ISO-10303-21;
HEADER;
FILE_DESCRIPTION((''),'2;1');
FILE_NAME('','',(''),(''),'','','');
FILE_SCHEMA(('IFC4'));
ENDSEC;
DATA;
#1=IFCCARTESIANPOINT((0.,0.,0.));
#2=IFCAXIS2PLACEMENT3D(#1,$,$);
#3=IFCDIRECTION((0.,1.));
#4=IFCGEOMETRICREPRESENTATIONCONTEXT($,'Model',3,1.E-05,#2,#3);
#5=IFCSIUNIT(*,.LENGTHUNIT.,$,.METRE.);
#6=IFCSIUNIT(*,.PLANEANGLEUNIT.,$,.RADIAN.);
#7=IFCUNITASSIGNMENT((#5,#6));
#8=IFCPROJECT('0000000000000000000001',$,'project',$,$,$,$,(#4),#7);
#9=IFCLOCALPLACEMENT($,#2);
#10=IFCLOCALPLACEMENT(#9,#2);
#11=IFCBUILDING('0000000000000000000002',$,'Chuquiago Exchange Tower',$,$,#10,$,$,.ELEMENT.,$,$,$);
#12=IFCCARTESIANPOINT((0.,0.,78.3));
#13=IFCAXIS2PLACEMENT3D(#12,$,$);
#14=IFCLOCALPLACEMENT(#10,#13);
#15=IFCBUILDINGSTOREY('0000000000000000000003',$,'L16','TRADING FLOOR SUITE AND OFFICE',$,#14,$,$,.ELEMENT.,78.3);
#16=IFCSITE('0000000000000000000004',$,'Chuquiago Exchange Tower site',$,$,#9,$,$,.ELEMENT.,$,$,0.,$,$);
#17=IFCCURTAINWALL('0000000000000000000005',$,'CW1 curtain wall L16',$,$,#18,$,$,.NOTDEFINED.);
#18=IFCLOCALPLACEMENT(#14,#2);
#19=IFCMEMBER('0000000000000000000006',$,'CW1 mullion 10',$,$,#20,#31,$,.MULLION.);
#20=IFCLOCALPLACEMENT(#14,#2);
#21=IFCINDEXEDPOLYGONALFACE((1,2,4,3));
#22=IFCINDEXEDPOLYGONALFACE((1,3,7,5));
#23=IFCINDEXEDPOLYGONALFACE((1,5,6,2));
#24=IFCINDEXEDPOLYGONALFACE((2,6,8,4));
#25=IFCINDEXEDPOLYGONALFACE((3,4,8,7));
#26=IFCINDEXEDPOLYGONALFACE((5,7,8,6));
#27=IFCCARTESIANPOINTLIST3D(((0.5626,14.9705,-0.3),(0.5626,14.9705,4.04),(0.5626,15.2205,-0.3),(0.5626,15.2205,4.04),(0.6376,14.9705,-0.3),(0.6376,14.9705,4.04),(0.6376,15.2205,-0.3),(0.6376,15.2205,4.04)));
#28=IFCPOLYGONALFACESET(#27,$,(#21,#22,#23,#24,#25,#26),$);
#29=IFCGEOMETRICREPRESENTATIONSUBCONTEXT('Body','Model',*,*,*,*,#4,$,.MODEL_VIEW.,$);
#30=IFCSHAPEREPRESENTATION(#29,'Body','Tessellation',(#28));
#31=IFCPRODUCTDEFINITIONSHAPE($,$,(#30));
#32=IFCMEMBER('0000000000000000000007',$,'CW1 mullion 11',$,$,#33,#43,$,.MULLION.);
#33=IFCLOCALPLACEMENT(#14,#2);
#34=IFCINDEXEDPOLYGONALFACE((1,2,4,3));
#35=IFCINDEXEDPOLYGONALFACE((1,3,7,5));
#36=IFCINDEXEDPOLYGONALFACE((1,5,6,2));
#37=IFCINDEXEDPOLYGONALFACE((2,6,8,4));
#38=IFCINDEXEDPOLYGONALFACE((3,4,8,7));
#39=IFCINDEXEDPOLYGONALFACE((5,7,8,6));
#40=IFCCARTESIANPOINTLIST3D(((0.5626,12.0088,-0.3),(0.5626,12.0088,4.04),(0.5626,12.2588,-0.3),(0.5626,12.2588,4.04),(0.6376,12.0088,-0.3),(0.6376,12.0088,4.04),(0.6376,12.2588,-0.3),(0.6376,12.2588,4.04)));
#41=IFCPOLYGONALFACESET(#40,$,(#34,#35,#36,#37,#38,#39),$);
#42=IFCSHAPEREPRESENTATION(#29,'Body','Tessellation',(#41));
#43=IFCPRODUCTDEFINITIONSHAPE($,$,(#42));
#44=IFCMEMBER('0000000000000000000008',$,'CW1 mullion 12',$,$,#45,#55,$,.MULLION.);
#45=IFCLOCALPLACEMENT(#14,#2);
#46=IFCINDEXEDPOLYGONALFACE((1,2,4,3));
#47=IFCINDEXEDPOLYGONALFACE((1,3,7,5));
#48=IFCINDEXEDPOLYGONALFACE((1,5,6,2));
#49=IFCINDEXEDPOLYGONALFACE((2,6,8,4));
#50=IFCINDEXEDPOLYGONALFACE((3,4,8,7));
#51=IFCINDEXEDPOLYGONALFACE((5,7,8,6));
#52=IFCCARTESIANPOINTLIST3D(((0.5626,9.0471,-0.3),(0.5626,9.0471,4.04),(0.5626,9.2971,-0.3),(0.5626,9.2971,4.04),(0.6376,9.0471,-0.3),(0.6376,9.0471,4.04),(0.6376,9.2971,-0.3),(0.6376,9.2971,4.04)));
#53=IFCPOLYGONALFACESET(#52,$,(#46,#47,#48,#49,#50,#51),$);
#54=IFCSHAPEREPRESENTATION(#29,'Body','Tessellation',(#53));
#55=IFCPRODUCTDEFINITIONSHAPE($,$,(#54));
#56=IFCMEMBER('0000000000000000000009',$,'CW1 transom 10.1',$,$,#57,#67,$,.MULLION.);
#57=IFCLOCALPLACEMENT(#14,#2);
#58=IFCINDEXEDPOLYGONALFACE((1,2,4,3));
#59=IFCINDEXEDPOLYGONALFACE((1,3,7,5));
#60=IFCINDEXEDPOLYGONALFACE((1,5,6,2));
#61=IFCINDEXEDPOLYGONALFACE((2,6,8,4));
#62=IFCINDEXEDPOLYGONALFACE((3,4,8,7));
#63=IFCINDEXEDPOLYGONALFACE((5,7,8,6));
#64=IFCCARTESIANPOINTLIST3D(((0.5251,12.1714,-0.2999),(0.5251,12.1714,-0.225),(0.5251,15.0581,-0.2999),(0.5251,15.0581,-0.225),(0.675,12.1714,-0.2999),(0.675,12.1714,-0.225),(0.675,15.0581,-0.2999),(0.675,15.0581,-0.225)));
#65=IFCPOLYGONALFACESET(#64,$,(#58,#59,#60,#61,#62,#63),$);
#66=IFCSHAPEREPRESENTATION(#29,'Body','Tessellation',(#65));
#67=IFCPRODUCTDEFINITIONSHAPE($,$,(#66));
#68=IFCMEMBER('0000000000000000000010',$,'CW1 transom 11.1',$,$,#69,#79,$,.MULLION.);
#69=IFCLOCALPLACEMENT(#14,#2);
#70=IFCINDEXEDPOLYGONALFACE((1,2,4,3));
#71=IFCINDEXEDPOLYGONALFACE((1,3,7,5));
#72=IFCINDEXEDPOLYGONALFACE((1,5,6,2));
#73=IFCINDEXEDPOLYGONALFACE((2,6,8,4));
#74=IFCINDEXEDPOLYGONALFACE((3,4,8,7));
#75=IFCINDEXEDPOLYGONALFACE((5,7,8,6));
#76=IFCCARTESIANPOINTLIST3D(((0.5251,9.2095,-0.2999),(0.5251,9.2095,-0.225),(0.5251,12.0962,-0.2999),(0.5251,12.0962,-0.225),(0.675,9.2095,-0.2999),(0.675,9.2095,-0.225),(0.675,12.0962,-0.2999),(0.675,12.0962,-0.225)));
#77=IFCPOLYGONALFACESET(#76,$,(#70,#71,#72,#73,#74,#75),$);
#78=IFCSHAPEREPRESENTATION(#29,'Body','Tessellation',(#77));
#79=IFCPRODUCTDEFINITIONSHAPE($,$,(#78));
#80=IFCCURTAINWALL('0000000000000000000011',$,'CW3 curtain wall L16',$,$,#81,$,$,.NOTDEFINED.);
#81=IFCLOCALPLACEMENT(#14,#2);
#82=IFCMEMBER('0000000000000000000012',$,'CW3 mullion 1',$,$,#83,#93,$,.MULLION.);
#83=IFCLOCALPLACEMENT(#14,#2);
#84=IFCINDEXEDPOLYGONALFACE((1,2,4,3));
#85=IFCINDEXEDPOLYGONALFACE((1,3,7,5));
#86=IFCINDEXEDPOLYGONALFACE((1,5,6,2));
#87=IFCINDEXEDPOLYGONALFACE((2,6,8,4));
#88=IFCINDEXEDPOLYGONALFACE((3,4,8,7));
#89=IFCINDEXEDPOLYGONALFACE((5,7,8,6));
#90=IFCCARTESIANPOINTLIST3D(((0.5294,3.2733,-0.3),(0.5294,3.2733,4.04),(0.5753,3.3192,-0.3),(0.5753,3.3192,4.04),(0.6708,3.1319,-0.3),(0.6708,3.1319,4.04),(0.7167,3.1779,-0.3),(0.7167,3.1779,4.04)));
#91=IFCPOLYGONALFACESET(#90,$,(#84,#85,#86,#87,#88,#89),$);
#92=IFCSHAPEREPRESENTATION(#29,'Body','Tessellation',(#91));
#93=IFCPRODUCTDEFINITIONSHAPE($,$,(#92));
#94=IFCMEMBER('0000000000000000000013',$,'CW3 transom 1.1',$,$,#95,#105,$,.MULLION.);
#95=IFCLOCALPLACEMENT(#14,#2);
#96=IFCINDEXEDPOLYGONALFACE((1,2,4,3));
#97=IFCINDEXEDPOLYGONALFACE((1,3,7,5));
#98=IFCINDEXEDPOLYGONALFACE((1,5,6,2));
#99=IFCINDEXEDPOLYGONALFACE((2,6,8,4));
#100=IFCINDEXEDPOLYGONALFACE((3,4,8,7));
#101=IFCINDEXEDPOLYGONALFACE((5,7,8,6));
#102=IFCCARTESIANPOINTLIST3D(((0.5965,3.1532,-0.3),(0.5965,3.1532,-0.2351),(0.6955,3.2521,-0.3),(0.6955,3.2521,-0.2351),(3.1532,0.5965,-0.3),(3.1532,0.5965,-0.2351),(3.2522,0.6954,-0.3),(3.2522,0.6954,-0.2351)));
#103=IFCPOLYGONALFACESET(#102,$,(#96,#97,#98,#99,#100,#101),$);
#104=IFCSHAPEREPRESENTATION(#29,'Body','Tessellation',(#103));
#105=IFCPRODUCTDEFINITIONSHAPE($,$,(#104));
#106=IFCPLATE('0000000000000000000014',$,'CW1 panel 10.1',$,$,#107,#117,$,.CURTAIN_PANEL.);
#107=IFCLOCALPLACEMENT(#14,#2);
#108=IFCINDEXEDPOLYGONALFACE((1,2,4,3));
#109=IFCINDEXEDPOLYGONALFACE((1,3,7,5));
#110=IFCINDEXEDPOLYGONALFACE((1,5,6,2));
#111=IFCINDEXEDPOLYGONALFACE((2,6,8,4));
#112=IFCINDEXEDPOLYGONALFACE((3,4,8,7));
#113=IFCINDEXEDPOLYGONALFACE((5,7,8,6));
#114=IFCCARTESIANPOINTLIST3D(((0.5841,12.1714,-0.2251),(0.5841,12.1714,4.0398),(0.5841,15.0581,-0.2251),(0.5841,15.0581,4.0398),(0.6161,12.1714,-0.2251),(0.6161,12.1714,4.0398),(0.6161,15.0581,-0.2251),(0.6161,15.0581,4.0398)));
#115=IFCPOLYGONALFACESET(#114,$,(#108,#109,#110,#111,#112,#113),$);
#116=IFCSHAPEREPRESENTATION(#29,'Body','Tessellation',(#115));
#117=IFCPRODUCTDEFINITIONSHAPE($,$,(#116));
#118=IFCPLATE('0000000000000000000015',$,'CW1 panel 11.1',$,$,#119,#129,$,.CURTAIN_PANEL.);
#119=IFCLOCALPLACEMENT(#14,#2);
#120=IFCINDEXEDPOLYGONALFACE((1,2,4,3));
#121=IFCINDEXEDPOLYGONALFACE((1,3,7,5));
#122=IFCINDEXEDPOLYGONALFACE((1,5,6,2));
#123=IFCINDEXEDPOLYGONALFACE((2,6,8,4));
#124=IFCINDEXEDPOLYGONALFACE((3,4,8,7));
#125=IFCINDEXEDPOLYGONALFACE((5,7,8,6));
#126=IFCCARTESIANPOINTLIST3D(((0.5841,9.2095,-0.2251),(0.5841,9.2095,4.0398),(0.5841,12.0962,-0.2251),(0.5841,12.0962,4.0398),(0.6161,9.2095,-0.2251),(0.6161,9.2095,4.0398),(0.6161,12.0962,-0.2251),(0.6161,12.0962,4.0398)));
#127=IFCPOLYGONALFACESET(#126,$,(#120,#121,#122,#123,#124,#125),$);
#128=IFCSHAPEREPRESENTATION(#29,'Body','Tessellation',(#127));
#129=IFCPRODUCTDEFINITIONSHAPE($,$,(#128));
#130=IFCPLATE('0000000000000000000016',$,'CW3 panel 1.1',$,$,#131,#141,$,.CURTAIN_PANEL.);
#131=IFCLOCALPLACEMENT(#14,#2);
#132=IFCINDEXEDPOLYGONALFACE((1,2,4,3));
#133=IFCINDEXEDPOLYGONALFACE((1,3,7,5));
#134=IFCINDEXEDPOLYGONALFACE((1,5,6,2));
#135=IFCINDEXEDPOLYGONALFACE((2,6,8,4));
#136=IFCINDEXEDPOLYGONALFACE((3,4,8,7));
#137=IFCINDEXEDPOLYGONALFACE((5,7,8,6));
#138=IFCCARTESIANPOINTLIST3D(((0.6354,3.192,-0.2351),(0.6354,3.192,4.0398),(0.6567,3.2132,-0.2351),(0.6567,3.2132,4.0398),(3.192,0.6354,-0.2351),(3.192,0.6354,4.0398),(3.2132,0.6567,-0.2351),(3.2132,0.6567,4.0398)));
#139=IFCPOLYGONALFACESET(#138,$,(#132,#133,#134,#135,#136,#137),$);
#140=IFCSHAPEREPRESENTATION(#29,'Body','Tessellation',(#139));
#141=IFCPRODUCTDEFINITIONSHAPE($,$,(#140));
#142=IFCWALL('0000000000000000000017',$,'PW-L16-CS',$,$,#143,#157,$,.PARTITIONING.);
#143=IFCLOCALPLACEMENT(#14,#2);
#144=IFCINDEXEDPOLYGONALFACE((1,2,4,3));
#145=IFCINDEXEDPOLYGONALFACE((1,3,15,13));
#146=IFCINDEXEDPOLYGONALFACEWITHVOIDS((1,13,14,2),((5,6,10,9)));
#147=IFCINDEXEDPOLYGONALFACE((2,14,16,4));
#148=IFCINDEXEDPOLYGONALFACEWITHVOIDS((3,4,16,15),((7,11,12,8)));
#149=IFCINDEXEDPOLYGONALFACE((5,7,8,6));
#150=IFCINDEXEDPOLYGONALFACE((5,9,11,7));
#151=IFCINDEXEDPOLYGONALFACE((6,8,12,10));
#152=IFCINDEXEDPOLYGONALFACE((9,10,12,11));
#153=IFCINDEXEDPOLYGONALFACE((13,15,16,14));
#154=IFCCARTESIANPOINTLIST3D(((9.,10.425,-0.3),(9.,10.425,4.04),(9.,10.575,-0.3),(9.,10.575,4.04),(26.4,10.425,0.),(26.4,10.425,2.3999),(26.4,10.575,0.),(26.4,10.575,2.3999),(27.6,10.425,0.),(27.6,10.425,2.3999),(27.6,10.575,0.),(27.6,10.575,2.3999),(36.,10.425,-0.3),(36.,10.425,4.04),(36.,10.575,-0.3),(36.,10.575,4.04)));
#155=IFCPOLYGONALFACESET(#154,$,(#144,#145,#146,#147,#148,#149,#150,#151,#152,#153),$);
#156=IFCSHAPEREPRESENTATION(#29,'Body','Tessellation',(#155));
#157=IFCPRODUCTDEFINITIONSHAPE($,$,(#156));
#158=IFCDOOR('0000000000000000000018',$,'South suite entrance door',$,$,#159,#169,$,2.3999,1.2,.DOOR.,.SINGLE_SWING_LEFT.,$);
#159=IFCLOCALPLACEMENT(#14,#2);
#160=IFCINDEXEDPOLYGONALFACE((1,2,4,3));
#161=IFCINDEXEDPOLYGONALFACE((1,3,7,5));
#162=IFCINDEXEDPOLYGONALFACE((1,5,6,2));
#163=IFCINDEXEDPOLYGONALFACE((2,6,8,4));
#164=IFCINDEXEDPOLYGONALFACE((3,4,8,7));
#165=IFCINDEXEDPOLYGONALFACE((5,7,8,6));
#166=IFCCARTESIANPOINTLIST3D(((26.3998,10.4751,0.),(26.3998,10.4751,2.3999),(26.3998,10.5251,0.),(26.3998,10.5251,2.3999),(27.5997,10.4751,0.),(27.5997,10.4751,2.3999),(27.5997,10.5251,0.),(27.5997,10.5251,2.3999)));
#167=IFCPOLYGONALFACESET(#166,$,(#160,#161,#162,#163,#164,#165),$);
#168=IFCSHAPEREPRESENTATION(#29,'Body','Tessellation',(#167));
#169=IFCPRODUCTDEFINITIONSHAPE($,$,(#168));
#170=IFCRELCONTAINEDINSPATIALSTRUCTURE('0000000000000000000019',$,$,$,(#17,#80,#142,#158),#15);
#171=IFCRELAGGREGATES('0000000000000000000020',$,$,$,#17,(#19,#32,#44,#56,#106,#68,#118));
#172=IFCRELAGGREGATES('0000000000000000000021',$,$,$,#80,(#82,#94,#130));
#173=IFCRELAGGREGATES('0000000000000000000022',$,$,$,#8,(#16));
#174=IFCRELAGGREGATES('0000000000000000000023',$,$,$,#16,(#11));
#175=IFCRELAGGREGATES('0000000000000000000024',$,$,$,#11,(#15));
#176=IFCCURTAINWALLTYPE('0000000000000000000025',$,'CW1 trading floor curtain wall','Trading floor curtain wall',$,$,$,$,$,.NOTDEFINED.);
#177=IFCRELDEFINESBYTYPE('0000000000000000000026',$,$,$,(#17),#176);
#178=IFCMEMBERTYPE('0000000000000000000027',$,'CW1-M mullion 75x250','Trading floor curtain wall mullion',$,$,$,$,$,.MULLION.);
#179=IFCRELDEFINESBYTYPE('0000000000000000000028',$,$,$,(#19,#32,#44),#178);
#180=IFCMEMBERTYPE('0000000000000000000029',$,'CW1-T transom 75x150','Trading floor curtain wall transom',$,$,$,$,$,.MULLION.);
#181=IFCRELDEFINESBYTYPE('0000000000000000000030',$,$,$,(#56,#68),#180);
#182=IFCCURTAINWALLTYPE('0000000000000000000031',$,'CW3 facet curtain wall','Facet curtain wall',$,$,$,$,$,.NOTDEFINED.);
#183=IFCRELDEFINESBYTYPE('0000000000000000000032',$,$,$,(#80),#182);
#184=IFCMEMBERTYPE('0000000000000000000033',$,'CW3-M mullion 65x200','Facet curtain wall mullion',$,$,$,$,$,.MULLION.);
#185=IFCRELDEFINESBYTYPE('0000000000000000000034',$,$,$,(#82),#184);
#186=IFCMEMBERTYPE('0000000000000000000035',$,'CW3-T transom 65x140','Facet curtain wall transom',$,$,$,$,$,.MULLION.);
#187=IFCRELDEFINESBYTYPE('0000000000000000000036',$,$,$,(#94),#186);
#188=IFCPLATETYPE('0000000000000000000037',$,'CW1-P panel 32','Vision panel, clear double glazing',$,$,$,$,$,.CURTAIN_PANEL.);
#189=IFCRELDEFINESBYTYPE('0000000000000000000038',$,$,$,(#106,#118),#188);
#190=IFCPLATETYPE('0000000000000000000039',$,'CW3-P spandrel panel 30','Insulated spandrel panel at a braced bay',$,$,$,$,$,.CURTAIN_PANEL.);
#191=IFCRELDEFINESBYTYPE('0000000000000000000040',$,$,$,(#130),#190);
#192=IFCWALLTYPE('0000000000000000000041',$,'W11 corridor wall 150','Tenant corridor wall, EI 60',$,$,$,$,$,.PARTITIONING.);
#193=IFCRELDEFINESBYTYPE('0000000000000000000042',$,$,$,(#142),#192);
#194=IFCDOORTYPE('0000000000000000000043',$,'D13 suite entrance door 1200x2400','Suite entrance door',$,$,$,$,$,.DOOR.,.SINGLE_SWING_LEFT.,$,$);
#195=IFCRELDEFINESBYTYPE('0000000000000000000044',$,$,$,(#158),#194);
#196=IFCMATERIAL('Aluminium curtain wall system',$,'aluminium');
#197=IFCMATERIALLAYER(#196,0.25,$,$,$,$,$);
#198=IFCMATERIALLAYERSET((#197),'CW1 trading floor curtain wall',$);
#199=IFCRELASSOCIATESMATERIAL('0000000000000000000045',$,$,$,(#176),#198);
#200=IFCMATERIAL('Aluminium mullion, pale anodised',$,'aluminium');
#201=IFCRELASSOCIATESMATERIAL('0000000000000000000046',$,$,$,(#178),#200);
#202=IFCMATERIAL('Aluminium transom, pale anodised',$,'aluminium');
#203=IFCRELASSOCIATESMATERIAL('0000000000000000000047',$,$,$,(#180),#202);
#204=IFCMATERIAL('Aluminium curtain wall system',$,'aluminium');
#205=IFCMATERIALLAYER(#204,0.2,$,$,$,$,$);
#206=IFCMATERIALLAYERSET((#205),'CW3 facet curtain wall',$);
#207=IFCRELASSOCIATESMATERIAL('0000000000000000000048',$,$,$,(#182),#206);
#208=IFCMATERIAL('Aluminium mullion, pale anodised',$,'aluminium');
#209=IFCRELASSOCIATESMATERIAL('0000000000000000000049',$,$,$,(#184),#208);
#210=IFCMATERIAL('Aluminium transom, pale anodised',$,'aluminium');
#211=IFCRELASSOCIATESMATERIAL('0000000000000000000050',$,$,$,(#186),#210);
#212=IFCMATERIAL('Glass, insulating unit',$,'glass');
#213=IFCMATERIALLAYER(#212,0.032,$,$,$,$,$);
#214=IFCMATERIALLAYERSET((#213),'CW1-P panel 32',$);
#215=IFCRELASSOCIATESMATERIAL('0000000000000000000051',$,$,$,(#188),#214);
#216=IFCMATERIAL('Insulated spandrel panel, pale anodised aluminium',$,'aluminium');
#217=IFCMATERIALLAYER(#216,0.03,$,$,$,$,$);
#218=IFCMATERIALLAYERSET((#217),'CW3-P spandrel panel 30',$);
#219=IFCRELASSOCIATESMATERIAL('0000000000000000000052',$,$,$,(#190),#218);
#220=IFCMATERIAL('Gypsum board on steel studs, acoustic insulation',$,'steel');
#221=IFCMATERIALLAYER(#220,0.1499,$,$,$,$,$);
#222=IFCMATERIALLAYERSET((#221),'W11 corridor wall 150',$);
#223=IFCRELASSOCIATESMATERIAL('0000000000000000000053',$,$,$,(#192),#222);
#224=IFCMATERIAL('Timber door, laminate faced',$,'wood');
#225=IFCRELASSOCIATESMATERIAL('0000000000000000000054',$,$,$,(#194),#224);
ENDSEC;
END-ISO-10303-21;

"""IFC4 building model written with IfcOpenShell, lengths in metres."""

from ifc_helpers import new_model, si_unit, direction, frame, frame_2d, origin, origin_2d, place, context, subcontext, project, spatial, rectangle, extrude, material, layer, layer_set, material_profile, profile_set, type_object, element, fill, aggregate, save


model = new_model("IFC4")

# Units and contexts
model_context = context("Model", 3, precision=1e-05, world=origin(), true_north=direction((0.0, 1.0)))
body_context = subcontext(model_context, "Body", "Model", "MODEL_VIEW")
ifc_project = project(units=[si_unit("LENGTHUNIT", "METRE"), si_unit("PLANEANGLEUNIT", "RADIAN")], contexts=[model_context])

# Site, building, storey
site_placement = place(None, origin())
site = spatial("IfcSite", under=ifc_project, at=site_placement, Name="Chuquiago Exchange Tower site", CompositionType="ELEMENT", RefElevation=0.0)
building_placement = place(site_placement, origin())
building = spatial("IfcBuilding", under=site, at=building_placement, Name="Chuquiago Exchange Tower", CompositionType="ELEMENT")
storey_placement = place(building_placement, frame((0.0, 0.0, 78.3)))
storey = spatial("IfcBuildingStorey", under=building, at=storey_placement, Name="L16", Description="TRADING FLOOR SUITE AND OFFICE", CompositionType="ELEMENT", Elevation=78.3)

# Curtain walls, members
ifc_material_1 = material(Name="Aluminium curtain wall system", Category="aluminium")
ifc_layer_1 = layer(ifc_material_1, 0.25)
ifc_layer_set_1 = layer_set([ifc_layer_1], Name="CW1 trading floor curtain wall")
curtain_wall_type_1 = type_object("IfcCurtainWallType", Name="CW1 trading floor curtain wall", Description="Trading floor curtain wall", PredefinedType="NOTDEFINED", material=ifc_layer_set_1)
curtain_wall_1_placement = place(storey_placement, origin())
curtain_wall_1 = element("IfcCurtainWall", 1, at=curtain_wall_1_placement, inside=storey, type_object=curtain_wall_type_1, Name="CW1 curtain wall L16", PredefinedType="NOTDEFINED")
ifc_material_2 = material(Name="Aluminium mullion, pale anodised", Category="aluminium")
ifc_material_profile_1 = material_profile(ifc_material_2, rectangle(XDim=0.075, YDim=0.25, at=origin_2d()), Name="AL 75x250")
ifc_profile_set_1 = profile_set([ifc_material_profile_1], Name="Aluminium mullion, pale anodised")
member_type_1 = type_object("IfcMemberType", Name="CW1-M mullion 75x250", Description="Trading floor curtain wall mullion", PredefinedType="MULLION", material=ifc_profile_set_1)
member_1_placement = place(storey_placement, frame((0.6001, 15.0955, -0.3), z_axis=(0.0, 0.0, 1.0), x_axis=(1.0, 0.0, 0.0)))
member_1 = element("IfcMember", 2, at=member_1_placement, type_object=member_type_1, Name="CW1 mullion 10", PredefinedType="MULLION", context=body_context, shape_type="SweptSolid", body=[
    extrude(rectangle(XDim=0.075, YDim=0.25, at=origin_2d()), origin(), (0.0, 0.0, 1.0), 4.3401),
])
member_2_placement = place(storey_placement, frame((0.6001, 12.1338, -0.3), z_axis=(0.0, 0.0, 1.0), x_axis=(1.0, 0.0, 0.0)))
member_2 = element("IfcMember", 3, at=member_2_placement, type_object=member_type_1, Name="CW1 mullion 11", PredefinedType="MULLION", context=body_context, shape_type="SweptSolid", body=[
    extrude(rectangle(XDim=0.075, YDim=0.25, at=origin_2d()), origin(), (0.0, 0.0, 1.0), 4.3401),
])
member_3_placement = place(storey_placement, frame((0.6001, 9.1721, -0.3), z_axis=(0.0, 0.0, 1.0), x_axis=(1.0, 0.0, 0.0)))
member_3 = element("IfcMember", 4, at=member_3_placement, type_object=member_type_1, Name="CW1 mullion 12", PredefinedType="MULLION", context=body_context, shape_type="SweptSolid", body=[
    extrude(rectangle(XDim=0.075, YDim=0.25, at=origin_2d()), origin(), (0.0, 0.0, 1.0), 4.3401),
])
ifc_material_3 = material(Name="Aluminium transom, pale anodised", Category="aluminium")
ifc_material_profile_2 = material_profile(ifc_material_3, rectangle(XDim=0.1499, YDim=0.075, at=origin_2d()), Name="AL 150x75")
ifc_profile_set_2 = profile_set([ifc_material_profile_2], Name="Aluminium transom, pale anodised")
member_type_2 = type_object("IfcMemberType", Name="CW1-T transom 75x150", Description="Trading floor curtain wall transom", PredefinedType="MULLION", material=ifc_profile_set_2)
member_4_placement = place(storey_placement, frame((0.6001, 15.0581, -0.2625), z_axis=(0.0, -1.0, 0.0), x_axis=(1.0, 0.0, 0.0)))
member_4 = element("IfcMember", 5, at=member_4_placement, type_object=member_type_2, Name="CW1 transom 10.1", PredefinedType="MULLION", context=body_context, shape_type="SweptSolid", body=[
    extrude(rectangle(XDim=0.1499, YDim=0.075, at=origin_2d()), origin(), (0.0, 0.0, 1.0), 2.8867),
])
member_5_placement = place(storey_placement, frame((0.6001, 12.0962, -0.2625), z_axis=(0.0, -1.0, 0.0), x_axis=(1.0, 0.0, 0.0)))
member_5 = element("IfcMember", 6, at=member_5_placement, type_object=member_type_2, Name="CW1 transom 11.1", PredefinedType="MULLION", context=body_context, shape_type="SweptSolid", body=[
    extrude(rectangle(XDim=0.1499, YDim=0.075, at=origin_2d()), origin(), (0.0, 0.0, 1.0), 2.8867),
])
ifc_material_4 = material(Name="Aluminium curtain wall system", Category="aluminium")
ifc_layer_2 = layer(ifc_material_4, 0.2)
ifc_layer_set_2 = layer_set([ifc_layer_2], Name="CW3 facet curtain wall")
curtain_wall_type_2 = type_object("IfcCurtainWallType", Name="CW3 facet curtain wall", Description="Facet curtain wall", PredefinedType="NOTDEFINED", material=ifc_layer_set_2)
curtain_wall_2_placement = place(storey_placement, origin())
curtain_wall_2 = element("IfcCurtainWall", 7, at=curtain_wall_2_placement, inside=storey, type_object=curtain_wall_type_2, Name="CW3 curtain wall L16", PredefinedType="NOTDEFINED")
ifc_material_5 = material(Name="Aluminium mullion, pale anodised", Category="aluminium")
ifc_material_profile_3 = material_profile(ifc_material_5, rectangle(XDim=0.0649, YDim=0.2, at=origin_2d()), Name="AL 65x200")
ifc_profile_set_3 = profile_set([ifc_material_profile_3], Name="Aluminium mullion, pale anodised")
member_type_3 = type_object("IfcMemberType", Name="CW3-M mullion 65x200", Description="Facet curtain wall mullion", PredefinedType="MULLION", material=ifc_profile_set_3)
member_6_placement = place(storey_placement, frame((0.623, 3.2256, -0.3), z_axis=(0.0, 0.0, 1.0), x_axis=(0.707107, 0.707107, 0.0)))
member_6 = element("IfcMember", 8, at=member_6_placement, type_object=member_type_3, Name="CW3 mullion 1", PredefinedType="MULLION", context=body_context, shape_type="SweptSolid", body=[
    extrude(rectangle(XDim=0.0649, YDim=0.2, at=origin_2d()), origin(), (0.0, 0.0, 1.0), 4.3401),
])
ifc_material_6 = material(Name="Aluminium transom, pale anodised", Category="aluminium")
ifc_material_profile_4 = material_profile(ifc_material_6, rectangle(XDim=0.1399, YDim=0.0649, at=origin_2d()), Name="AL 140x65")
ifc_profile_set_4 = profile_set([ifc_material_profile_4], Name="Aluminium transom, pale anodised")
member_type_4 = type_object("IfcMemberType", Name="CW3-T transom 65x140", Description="Facet curtain wall transom", PredefinedType="MULLION", material=ifc_profile_set_4)
member_7_placement = place(storey_placement, frame((0.646, 3.2026, -0.2676), z_axis=(0.707107, -0.707107, 0.0), x_axis=(0.707107, 0.707107, 0.0)))
member_7 = element("IfcMember", 9, at=member_7_placement, type_object=member_type_4, Name="CW3 transom 1.1", PredefinedType="MULLION", context=body_context, shape_type="SweptSolid", body=[
    extrude(rectangle(XDim=0.1399, YDim=0.0649, at=origin_2d()), origin(), (0.0, 0.0, 1.0), 3.6157),
])

# Plates
ifc_material_7 = material(Name="Glass, insulating unit", Category="glass")
ifc_layer_3 = layer(ifc_material_7, 0.032)
ifc_layer_set_3 = layer_set([ifc_layer_3], Name="CW1-P panel 32")
plate_type_1 = type_object("IfcPlateType", Name="CW1-P panel 32", Description="Vision panel, clear double glazing", PredefinedType="CURTAIN_PANEL", material=ifc_layer_set_3)
plate_1_placement = place(storey_placement, frame((0.6001, 13.6147, -0.2251), z_axis=(0.0, 0.0, 1.0), x_axis=(0.0, -1.0, 0.0)))
plate_1 = element("IfcPlate", 10, at=plate_1_placement, type_object=plate_type_1, Name="CW1 panel 10.1", PredefinedType="CURTAIN_PANEL", context=body_context, shape_type="SweptSolid", body=[
    extrude(rectangle(XDim=2.8867, YDim=0.032, at=origin_2d()), origin(), (0.0, 0.0, 1.0), 4.2649),
])
plate_2_placement = place(storey_placement, frame((0.6001, 10.6528, -0.2251), z_axis=(0.0, 0.0, 1.0), x_axis=(0.0, -1.0, 0.0)))
plate_2 = element("IfcPlate", 11, at=plate_2_placement, type_object=plate_type_1, Name="CW1 panel 11.1", PredefinedType="CURTAIN_PANEL", context=body_context, shape_type="SweptSolid", body=[
    extrude(rectangle(XDim=2.8867, YDim=0.032, at=origin_2d()), origin(), (0.0, 0.0, 1.0), 4.2649),
])
aggregate(curtain_wall_1, [member_1, member_2, member_3, member_4, plate_1, member_5, plate_2])
ifc_material_8 = material(Name="Insulated spandrel panel, pale anodised aluminium", Category="aluminium")
ifc_layer_4 = layer(ifc_material_8, 0.03)
ifc_layer_set_4 = layer_set([ifc_layer_4], Name="CW3-P spandrel panel 30")
plate_type_2 = type_object("IfcPlateType", Name="CW3-P spandrel panel 30", Description="Insulated spandrel panel at a braced bay", PredefinedType="CURTAIN_PANEL", material=ifc_layer_set_4)
plate_3_placement = place(storey_placement, frame((1.9243, 1.9243, -0.2351), z_axis=(0.0, 0.0, 1.0), x_axis=(0.707107, -0.707107, 0.0)))
plate_3 = element("IfcPlate", 12, at=plate_3_placement, type_object=plate_type_2, Name="CW3 panel 1.1", PredefinedType="CURTAIN_PANEL", context=body_context, shape_type="SweptSolid", body=[
    extrude(rectangle(XDim=3.6155, YDim=0.03, at=origin_2d()), origin(), (0.0, 0.0, 1.0), 4.2749),
])
aggregate(curtain_wall_2, [member_6, member_7, plate_3])

# Wall, opening, door
ifc_material_9 = material(Name="Gypsum board on steel studs, acoustic insulation", Category="steel")
ifc_layer_5 = layer(ifc_material_9, 0.1499)
ifc_layer_set_5 = layer_set([ifc_layer_5], Name="W11 corridor wall 150")
wall_type_1 = type_object("IfcWallType", Name="W11 corridor wall 150", Description="Tenant corridor wall, EI 60", PredefinedType="PARTITIONING", material=ifc_layer_set_5)
wall_1_placement = place(storey_placement, frame((9.0, 10.5, -0.3), z_axis=(0.0, 0.0, 1.0), x_axis=(1.0, 0.0, 0.0)))
wall_1 = element("IfcWall", 13, at=wall_1_placement, inside=storey, type_object=wall_type_1, Name="PW-L16-CS", PredefinedType="PARTITIONING", context=body_context, shape_type="SweptSolid", body=[
    extrude(rectangle(XDim=27.0, YDim=0.1499, at=frame_2d((13.5, 0.0))), origin(), (0.0, 0.0, 1.0), 4.3401),
])
opening_1_placement = place(wall_1_placement, frame((17.3999, 0.0, 0.3)))
opening_1 = element("IfcOpeningElement", 14, at=opening_1_placement, cuts=wall_1, PredefinedType="OPENING", context=body_context, shape_type="SweptSolid", body=[
    extrude(rectangle(XDim=1.2, YDim=2.3999, at=frame_2d((0.6001, 1.2))), frame((0.0, 0.085, 0.0), z_axis=(0.0, -1.0, 0.0), x_axis=(1.0, 0.0, 0.0)), (0.0, 0.0, 1.0), 0.1699),
])
ifc_material_10 = material(Name="Timber door, laminate faced", Category="wood")
door_type_1 = type_object("IfcDoorType", Name="D13 suite entrance door 1200x2400", Description="Suite entrance door", OperationType="SINGLE_SWING_LEFT", PredefinedType="DOOR", material=ifc_material_10)
door_1_placement = place(opening_1_placement, frame((1.2, 0.0, 0.0), z_axis=(0.0, 0.0, 1.0), x_axis=(-1.0, 0.0, 0.0)))
door_1 = element("IfcDoor", 15, at=door_1_placement, inside=storey, type_object=door_type_1, Name="South suite entrance door", OperationType="SINGLE_SWING_LEFT", OverallHeight=2.3999, OverallWidth=1.2, PredefinedType="DOOR", context=body_context, shape_type="SweptSolid", body=[
    extrude(rectangle(XDim=1.2, YDim=2.3999, at=frame_2d((0.6001, 1.2))), frame((0.0, 0.0249, 0.0), z_axis=(0.0, -1.0, 0.0), x_axis=(1.0, 0.0, 0.0)), (0.0, 0.0, 1.0), 0.05),
])
fill(opening_1, door_1)

save(model, "model.ifc")
